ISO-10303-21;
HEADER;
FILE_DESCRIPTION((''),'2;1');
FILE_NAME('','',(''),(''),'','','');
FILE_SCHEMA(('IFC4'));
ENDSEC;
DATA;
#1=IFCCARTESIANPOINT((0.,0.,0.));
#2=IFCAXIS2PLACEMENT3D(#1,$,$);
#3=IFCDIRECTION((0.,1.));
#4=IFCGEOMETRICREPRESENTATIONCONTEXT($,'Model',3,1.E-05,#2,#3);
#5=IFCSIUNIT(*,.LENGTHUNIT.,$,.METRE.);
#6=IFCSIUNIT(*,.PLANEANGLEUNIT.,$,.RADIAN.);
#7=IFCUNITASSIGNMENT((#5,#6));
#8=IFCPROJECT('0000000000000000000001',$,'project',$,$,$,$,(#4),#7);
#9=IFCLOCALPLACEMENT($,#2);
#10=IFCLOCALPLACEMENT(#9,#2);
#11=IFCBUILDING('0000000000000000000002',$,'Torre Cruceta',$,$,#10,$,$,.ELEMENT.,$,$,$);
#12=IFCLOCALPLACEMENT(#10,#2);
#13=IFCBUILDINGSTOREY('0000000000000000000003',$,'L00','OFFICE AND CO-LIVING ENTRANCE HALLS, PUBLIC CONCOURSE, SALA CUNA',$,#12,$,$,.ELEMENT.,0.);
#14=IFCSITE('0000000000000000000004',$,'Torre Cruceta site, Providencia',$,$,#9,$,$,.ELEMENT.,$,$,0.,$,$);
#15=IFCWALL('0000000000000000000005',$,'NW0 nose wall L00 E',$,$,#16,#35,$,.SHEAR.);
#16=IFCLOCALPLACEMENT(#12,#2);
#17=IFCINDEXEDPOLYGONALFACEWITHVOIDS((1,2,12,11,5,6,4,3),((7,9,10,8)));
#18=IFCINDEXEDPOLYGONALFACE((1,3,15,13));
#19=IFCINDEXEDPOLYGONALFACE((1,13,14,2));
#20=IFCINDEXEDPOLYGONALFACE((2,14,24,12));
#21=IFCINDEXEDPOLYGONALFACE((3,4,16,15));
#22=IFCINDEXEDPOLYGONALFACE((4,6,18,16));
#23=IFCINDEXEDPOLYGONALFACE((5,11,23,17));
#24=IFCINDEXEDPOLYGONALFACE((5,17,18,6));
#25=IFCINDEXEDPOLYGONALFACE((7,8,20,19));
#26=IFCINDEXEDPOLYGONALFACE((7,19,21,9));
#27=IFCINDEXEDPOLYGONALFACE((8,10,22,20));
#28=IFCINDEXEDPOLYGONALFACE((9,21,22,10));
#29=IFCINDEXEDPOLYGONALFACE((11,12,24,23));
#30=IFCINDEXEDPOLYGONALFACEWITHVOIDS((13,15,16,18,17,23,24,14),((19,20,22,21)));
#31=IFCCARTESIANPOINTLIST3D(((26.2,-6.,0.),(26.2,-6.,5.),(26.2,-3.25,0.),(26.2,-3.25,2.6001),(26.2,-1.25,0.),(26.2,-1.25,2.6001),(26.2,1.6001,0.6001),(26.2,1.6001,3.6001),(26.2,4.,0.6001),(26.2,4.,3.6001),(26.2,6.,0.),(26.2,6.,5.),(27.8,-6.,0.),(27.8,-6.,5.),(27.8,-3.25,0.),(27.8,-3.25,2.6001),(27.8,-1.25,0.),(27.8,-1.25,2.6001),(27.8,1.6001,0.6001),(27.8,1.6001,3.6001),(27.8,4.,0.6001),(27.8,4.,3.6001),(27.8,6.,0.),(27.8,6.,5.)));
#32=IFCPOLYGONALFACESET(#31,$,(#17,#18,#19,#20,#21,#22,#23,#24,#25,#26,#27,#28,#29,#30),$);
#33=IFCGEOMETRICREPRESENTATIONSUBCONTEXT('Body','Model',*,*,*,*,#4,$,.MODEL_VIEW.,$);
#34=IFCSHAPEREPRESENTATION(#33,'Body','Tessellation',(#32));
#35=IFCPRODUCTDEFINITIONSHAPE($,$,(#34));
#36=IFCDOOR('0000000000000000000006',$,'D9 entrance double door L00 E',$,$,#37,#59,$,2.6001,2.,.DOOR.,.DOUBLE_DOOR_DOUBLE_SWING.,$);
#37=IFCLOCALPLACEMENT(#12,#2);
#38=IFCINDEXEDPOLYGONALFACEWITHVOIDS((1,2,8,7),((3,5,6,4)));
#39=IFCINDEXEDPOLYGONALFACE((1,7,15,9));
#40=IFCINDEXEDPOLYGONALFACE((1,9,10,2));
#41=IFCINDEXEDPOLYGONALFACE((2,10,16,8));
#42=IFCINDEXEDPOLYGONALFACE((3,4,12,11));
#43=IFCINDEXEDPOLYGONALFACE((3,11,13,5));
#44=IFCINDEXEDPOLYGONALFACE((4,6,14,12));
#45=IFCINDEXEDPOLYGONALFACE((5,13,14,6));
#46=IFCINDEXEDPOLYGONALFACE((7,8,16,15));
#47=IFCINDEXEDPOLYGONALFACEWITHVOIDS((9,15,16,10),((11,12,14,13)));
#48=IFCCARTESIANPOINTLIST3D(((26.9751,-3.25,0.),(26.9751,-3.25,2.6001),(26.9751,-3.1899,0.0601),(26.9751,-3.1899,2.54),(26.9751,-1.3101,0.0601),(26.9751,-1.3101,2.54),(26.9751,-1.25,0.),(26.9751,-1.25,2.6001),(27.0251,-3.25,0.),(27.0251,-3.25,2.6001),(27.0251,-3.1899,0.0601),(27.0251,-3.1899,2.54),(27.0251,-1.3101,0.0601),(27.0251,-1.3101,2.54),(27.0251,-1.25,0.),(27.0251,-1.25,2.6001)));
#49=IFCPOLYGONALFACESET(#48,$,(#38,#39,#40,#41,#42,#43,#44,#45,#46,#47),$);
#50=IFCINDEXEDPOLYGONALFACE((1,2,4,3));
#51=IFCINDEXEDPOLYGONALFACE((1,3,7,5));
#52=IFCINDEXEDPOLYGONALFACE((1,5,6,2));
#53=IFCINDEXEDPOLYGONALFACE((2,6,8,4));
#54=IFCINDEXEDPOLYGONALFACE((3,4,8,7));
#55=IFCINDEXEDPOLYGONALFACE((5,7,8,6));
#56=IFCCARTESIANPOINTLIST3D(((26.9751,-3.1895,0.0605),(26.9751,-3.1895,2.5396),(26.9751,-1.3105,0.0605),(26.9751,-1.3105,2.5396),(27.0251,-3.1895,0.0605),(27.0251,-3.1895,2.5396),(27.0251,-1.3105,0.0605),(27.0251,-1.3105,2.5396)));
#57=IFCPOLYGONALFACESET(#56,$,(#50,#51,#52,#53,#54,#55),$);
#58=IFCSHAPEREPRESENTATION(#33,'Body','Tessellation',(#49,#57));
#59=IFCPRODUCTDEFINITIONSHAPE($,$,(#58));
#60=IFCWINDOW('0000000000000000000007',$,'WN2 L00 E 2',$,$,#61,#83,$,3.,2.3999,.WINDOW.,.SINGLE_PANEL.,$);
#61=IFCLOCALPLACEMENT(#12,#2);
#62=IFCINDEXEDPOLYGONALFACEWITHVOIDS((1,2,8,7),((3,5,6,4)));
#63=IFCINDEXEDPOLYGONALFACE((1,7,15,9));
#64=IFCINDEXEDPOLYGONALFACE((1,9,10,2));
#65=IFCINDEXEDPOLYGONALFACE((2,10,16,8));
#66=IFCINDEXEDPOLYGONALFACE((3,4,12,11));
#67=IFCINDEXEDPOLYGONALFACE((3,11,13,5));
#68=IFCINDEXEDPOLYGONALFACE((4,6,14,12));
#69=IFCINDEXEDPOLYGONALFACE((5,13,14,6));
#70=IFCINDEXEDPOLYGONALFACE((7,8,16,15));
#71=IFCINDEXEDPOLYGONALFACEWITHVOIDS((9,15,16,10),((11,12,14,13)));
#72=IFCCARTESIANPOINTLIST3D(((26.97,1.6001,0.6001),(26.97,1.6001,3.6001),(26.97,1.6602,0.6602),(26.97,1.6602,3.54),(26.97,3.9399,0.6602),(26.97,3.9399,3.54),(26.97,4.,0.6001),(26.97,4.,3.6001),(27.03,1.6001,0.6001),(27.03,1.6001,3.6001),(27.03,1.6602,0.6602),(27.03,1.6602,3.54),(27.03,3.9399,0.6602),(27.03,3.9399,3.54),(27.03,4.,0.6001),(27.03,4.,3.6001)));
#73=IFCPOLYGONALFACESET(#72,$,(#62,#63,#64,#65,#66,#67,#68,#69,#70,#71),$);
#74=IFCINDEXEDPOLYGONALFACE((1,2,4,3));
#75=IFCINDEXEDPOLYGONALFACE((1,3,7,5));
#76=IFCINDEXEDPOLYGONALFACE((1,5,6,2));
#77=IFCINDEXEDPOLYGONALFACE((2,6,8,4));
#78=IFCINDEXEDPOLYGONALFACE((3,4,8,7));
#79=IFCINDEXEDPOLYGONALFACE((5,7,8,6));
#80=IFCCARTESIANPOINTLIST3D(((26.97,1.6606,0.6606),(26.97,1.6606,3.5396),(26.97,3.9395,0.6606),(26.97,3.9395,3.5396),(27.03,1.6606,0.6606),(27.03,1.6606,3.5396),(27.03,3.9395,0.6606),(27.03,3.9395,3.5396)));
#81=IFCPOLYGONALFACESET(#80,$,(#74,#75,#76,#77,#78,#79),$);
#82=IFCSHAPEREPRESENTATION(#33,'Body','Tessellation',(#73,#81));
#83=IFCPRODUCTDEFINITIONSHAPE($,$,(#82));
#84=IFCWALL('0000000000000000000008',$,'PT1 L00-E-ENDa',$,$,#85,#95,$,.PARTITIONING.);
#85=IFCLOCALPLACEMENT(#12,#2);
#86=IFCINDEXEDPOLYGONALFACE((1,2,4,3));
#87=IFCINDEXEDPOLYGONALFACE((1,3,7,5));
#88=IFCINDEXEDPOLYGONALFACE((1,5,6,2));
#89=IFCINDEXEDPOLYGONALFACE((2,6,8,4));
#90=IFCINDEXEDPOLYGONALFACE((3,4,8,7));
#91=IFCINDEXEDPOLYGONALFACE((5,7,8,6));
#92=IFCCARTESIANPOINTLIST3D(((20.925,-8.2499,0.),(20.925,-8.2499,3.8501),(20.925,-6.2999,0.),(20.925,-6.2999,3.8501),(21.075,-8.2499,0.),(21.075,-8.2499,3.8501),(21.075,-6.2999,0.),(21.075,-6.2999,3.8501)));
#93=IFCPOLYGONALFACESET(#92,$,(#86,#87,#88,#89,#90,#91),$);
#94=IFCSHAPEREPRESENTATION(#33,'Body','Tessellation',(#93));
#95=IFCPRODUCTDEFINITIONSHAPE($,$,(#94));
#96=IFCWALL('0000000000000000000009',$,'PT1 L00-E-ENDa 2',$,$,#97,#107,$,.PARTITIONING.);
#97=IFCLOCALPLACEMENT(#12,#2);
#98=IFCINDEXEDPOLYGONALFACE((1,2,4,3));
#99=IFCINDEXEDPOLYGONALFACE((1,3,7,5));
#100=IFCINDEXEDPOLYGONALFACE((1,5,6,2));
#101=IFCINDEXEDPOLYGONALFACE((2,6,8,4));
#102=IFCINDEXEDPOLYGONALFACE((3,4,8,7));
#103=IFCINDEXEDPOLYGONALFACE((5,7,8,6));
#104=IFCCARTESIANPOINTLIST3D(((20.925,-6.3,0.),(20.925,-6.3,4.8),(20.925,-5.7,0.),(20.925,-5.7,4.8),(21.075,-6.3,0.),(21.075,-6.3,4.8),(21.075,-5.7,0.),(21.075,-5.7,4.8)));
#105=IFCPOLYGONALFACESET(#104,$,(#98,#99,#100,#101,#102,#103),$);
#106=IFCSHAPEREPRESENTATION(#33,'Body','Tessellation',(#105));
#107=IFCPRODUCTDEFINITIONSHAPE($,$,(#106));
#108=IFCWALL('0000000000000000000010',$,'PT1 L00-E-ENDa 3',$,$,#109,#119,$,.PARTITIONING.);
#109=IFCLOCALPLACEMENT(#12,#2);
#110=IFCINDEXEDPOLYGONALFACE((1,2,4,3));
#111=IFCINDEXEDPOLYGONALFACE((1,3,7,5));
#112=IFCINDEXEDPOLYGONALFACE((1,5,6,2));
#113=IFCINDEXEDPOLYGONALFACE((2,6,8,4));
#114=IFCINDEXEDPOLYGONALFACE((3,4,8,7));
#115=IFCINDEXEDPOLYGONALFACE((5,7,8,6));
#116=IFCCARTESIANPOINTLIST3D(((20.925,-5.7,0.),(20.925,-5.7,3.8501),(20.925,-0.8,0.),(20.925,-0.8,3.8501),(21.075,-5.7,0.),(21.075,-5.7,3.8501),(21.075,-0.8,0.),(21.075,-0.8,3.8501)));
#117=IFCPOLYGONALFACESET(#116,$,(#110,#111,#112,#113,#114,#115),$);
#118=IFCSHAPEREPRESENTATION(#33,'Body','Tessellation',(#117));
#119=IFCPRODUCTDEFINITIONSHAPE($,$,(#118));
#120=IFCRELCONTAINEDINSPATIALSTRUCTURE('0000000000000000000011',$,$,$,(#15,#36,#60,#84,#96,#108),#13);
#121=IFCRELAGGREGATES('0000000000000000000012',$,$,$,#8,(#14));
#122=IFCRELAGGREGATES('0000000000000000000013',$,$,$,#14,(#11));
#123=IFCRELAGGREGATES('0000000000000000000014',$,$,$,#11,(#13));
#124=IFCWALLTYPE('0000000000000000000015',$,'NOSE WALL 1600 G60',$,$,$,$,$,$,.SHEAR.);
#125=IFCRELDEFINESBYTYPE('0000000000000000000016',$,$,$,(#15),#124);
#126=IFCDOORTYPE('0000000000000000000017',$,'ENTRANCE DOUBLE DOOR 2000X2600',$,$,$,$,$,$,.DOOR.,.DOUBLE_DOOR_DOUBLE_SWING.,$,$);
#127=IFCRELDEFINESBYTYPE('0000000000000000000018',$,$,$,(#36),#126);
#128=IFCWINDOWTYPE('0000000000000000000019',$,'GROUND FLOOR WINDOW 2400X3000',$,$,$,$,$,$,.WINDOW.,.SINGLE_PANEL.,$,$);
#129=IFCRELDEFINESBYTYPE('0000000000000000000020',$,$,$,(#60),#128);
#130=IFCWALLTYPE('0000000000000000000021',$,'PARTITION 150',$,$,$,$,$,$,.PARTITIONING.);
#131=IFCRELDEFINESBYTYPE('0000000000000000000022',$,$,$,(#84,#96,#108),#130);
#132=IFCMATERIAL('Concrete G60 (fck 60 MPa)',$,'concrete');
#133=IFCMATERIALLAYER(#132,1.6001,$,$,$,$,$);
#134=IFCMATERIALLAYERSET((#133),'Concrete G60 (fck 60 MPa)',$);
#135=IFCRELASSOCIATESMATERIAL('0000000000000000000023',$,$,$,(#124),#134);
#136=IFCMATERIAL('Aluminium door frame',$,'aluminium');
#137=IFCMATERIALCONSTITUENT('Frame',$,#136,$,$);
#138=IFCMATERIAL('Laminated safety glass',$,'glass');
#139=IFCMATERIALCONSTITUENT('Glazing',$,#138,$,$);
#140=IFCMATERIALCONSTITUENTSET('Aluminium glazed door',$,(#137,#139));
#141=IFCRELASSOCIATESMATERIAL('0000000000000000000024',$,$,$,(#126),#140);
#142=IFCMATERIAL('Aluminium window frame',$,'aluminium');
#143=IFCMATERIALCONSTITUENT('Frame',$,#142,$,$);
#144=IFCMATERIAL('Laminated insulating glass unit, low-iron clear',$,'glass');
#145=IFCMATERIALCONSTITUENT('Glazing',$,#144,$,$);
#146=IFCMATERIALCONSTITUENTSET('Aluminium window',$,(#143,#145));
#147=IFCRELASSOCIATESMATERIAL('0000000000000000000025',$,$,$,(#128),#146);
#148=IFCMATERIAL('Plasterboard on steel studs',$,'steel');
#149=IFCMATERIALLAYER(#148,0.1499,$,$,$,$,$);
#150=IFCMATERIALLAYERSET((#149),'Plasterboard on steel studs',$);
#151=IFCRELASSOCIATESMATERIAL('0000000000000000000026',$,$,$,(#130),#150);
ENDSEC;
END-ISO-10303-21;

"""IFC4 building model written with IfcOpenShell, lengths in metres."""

from ifc_helpers import new_model, si_unit, direction, frame, frame_2d, origin, place, context, subcontext, project, spatial, rectangle, hollow_rectangle, extrude, material, layer, layer_set, constituent, constituent_set, type_object, element, fill, save


model = new_model("IFC4")

# Units and contexts
model_context = context("Model", 3, precision=1e-05, world=origin(), true_north=direction((0.0, 1.0)))
body_context = subcontext(model_context, "Body", "Model", "MODEL_VIEW")
ifc_project = project(units=[si_unit("LENGTHUNIT", "METRE"), si_unit("PLANEANGLEUNIT", "RADIAN")], contexts=[model_context])

# Site, building, storey
site_placement = place(None, origin())
site = spatial("IfcSite", under=ifc_project, at=site_placement, Name="Torre Cruceta site, Providencia", CompositionType="ELEMENT", RefElevation=0.0)
building_placement = place(site_placement, origin())
building = spatial("IfcBuilding", under=site, at=building_placement, Name="Torre Cruceta", CompositionType="ELEMENT")
storey_placement = place(building_placement, origin())
storey = spatial("IfcBuildingStorey", under=building, at=storey_placement, Name="L00", Description="OFFICE AND CO-LIVING ENTRANCE HALLS, PUBLIC CONCOURSE, SALA CUNA", CompositionType="ELEMENT", Elevation=0.0)

# Wall, openings, door, window
ifc_material_1 = material(Name="Concrete G60 (fck 60 MPa)", Category="concrete")
ifc_layer_1 = layer(ifc_material_1, 1.6001)
ifc_layer_set_1 = layer_set([ifc_layer_1], Name="Concrete G60 (fck 60 MPa)")
wall_type_1 = type_object("IfcWallType", Name="NOSE WALL 1600 G60", PredefinedType="SHEAR", material=ifc_layer_set_1)
wall_1_placement = place(storey_placement, frame((27.0, -6.0, 0.0), z_axis=(0.0, 0.0, 1.0), x_axis=(0.0, 1.0, 0.0)))
wall_1 = element("IfcWall", 1, at=wall_1_placement, inside=storey, type_object=wall_type_1, Name="NW0 nose wall L00 E", PredefinedType="SHEAR", context=body_context, shape_type="SweptSolid", body=[
    extrude(rectangle(XDim=12.0, YDim=1.6001, at=frame_2d((6.0, 0.0))), origin(), (0.0, 0.0, 1.0), 5.0),
])
opening_1_placement = place(wall_1_placement, frame((2.75, 0.0, 0.0)))
opening_1 = element("IfcOpeningElement", 2, at=opening_1_placement, cuts=wall_1, PredefinedType="OPENING", context=body_context, shape_type="SweptSolid", body=[
    extrude(rectangle(XDim=2.0, YDim=2.6001, at=frame_2d((1.0, 1.3))), frame((0.0, 0.8101, 0.0), z_axis=(0.0, -1.0, 0.0), x_axis=(1.0, 0.0, 0.0)), (0.0, 0.0, 1.0), 1.6201),
])
opening_2_placement = place(wall_1_placement, frame((7.6001, 0.0, 0.6001)))
opening_2 = element("IfcOpeningElement", 3, at=opening_2_placement, cuts=wall_1, PredefinedType="OPENING", context=body_context, shape_type="SweptSolid", body=[
    extrude(rectangle(XDim=2.3999, YDim=3.0, at=frame_2d((1.2, 1.5))), frame((0.0, 0.8101, 0.0), z_axis=(0.0, -1.0, 0.0), x_axis=(1.0, 0.0, 0.0)), (0.0, 0.0, 1.0), 1.6201),
])
ifc_material_2 = material(Name="Aluminium door frame", Category="aluminium")
ifc_constituent_1 = constituent(ifc_material_2, Name="Frame")
ifc_material_3 = material(Name="Laminated safety glass", Category="glass")
ifc_constituent_2 = constituent(ifc_material_3, Name="Glazing")
ifc_constituent_set_1 = constituent_set(constituents=[ifc_constituent_1, ifc_constituent_2], Name="Aluminium glazed door")
door_type_1 = type_object("IfcDoorType", Name="ENTRANCE DOUBLE DOOR 2000X2600", OperationType="DOUBLE_DOOR_DOUBLE_SWING", PredefinedType="DOOR", material=ifc_constituent_set_1)
door_1_placement = place(opening_1_placement, origin())
door_1 = element("IfcDoor", 4, at=door_1_placement, inside=storey, type_object=door_type_1, Name="D9 entrance double door L00 E", OperationType="DOUBLE_DOOR_DOUBLE_SWING", OverallHeight=2.6001, OverallWidth=2.0, PredefinedType="DOOR", context=body_context, shape_type="SweptSolid", body=[
    extrude(hollow_rectangle(XDim=2.0, YDim=2.6001, WallThickness=0.0601, at=frame_2d((1.0, 1.3))), frame((0.0, 0.0249, 0.0), z_axis=(0.0, -1.0, 0.0), x_axis=(1.0, 0.0, 0.0)), (0.0, 0.0, 1.0), 0.05),
    extrude(rectangle(XDim=1.8789, YDim=2.479, at=frame_2d((1.0, 1.3))), frame((0.0, 0.0249, 0.0), z_axis=(0.0, -1.0, 0.0), x_axis=(1.0, 0.0, 0.0)), (0.0, 0.0, 1.0), 0.05),
])
fill(opening_1, door_1)
ifc_material_4 = material(Name="Aluminium window frame", Category="aluminium")
ifc_constituent_3 = constituent(ifc_material_4, Name="Frame")
ifc_material_5 = material(Name="Laminated insulating glass unit, low-iron clear", Category="glass")
ifc_constituent_4 = constituent(ifc_material_5, Name="Glazing")
ifc_constituent_set_2 = constituent_set(constituents=[ifc_constituent_3, ifc_constituent_4], Name="Aluminium window")
window_type = type_object("IfcWindowType", Name="GROUND FLOOR WINDOW 2400X3000", PartitioningType="SINGLE_PANEL", PredefinedType="WINDOW", material=ifc_constituent_set_2)
window_placement = place(opening_2_placement, origin())
window = element("IfcWindow", 5, at=window_placement, inside=storey, type_object=window_type, Name="WN2 L00 E 2", OverallHeight=3.0, OverallWidth=2.3999, PartitioningType="SINGLE_PANEL", PredefinedType="WINDOW", context=body_context, shape_type="SweptSolid", body=[
    extrude(hollow_rectangle(XDim=2.3999, YDim=3.0, WallThickness=0.0601, at=frame_2d((1.2, 1.5))), frame((0.0, 0.03, 0.0), z_axis=(0.0, -1.0, 0.0), x_axis=(1.0, 0.0, 0.0)), (0.0, 0.0, 1.0), 0.0601),
    extrude(rectangle(XDim=2.2788, YDim=2.8789, at=frame_2d((1.2, 1.5))), frame((0.0, 0.03, 0.0), z_axis=(0.0, -1.0, 0.0), x_axis=(1.0, 0.0, 0.0)), (0.0, 0.0, 1.0), 0.0601),
])
fill(opening_2, window)

# Walls
ifc_material_6 = material(Name="Plasterboard on steel studs", Category="steel")
ifc_layer_2 = layer(ifc_material_6, 0.1499)
ifc_layer_set_2 = layer_set([ifc_layer_2], Name="Plasterboard on steel studs")
wall_type_2 = type_object("IfcWallType", Name="PARTITION 150", PredefinedType="PARTITIONING", material=ifc_layer_set_2)
wall_2_placement = place(storey_placement, frame((21.0, -8.25, 0.0), z_axis=(0.0, 0.0, 1.0), x_axis=(0.0, 1.0, 0.0)))
element("IfcWall", 6, at=wall_2_placement, inside=storey, type_object=wall_type_2, Name="PT1 L00-E-ENDa", PredefinedType="PARTITIONING", context=body_context, shape_type="SweptSolid", body=[
    extrude(rectangle(XDim=1.95, YDim=0.1499, at=frame_2d((0.9751, 0.0))), origin(), (0.0, 0.0, 1.0), 3.8501),
])
wall_3_placement = place(storey_placement, frame((21.0, -6.3, 0.0), z_axis=(0.0, 0.0, 1.0), x_axis=(0.0, 1.0, 0.0)))
element("IfcWall", 7, at=wall_3_placement, inside=storey, type_object=wall_type_2, Name="PT1 L00-E-ENDa 2", PredefinedType="PARTITIONING", context=body_context, shape_type="SweptSolid", body=[
    extrude(rectangle(XDim=0.6001, YDim=0.1499, at=frame_2d((0.3, 0.0))), origin(), (0.0, 0.0, 1.0), 4.8),
])
wall_4_placement = place(storey_placement, frame((21.0, -5.7, 0.0), z_axis=(0.0, 0.0, 1.0), x_axis=(0.0, 1.0, 0.0)))
element("IfcWall", 8, at=wall_4_placement, inside=storey, type_object=wall_type_2, Name="PT1 L00-E-ENDa 3", PredefinedType="PARTITIONING", context=body_context, shape_type="SweptSolid", body=[
    extrude(rectangle(XDim=4.8999, YDim=0.1499, at=frame_2d((2.45, 0.0))), origin(), (0.0, 0.0, 1.0), 3.8501),
])

save(model, "model.ifc")
